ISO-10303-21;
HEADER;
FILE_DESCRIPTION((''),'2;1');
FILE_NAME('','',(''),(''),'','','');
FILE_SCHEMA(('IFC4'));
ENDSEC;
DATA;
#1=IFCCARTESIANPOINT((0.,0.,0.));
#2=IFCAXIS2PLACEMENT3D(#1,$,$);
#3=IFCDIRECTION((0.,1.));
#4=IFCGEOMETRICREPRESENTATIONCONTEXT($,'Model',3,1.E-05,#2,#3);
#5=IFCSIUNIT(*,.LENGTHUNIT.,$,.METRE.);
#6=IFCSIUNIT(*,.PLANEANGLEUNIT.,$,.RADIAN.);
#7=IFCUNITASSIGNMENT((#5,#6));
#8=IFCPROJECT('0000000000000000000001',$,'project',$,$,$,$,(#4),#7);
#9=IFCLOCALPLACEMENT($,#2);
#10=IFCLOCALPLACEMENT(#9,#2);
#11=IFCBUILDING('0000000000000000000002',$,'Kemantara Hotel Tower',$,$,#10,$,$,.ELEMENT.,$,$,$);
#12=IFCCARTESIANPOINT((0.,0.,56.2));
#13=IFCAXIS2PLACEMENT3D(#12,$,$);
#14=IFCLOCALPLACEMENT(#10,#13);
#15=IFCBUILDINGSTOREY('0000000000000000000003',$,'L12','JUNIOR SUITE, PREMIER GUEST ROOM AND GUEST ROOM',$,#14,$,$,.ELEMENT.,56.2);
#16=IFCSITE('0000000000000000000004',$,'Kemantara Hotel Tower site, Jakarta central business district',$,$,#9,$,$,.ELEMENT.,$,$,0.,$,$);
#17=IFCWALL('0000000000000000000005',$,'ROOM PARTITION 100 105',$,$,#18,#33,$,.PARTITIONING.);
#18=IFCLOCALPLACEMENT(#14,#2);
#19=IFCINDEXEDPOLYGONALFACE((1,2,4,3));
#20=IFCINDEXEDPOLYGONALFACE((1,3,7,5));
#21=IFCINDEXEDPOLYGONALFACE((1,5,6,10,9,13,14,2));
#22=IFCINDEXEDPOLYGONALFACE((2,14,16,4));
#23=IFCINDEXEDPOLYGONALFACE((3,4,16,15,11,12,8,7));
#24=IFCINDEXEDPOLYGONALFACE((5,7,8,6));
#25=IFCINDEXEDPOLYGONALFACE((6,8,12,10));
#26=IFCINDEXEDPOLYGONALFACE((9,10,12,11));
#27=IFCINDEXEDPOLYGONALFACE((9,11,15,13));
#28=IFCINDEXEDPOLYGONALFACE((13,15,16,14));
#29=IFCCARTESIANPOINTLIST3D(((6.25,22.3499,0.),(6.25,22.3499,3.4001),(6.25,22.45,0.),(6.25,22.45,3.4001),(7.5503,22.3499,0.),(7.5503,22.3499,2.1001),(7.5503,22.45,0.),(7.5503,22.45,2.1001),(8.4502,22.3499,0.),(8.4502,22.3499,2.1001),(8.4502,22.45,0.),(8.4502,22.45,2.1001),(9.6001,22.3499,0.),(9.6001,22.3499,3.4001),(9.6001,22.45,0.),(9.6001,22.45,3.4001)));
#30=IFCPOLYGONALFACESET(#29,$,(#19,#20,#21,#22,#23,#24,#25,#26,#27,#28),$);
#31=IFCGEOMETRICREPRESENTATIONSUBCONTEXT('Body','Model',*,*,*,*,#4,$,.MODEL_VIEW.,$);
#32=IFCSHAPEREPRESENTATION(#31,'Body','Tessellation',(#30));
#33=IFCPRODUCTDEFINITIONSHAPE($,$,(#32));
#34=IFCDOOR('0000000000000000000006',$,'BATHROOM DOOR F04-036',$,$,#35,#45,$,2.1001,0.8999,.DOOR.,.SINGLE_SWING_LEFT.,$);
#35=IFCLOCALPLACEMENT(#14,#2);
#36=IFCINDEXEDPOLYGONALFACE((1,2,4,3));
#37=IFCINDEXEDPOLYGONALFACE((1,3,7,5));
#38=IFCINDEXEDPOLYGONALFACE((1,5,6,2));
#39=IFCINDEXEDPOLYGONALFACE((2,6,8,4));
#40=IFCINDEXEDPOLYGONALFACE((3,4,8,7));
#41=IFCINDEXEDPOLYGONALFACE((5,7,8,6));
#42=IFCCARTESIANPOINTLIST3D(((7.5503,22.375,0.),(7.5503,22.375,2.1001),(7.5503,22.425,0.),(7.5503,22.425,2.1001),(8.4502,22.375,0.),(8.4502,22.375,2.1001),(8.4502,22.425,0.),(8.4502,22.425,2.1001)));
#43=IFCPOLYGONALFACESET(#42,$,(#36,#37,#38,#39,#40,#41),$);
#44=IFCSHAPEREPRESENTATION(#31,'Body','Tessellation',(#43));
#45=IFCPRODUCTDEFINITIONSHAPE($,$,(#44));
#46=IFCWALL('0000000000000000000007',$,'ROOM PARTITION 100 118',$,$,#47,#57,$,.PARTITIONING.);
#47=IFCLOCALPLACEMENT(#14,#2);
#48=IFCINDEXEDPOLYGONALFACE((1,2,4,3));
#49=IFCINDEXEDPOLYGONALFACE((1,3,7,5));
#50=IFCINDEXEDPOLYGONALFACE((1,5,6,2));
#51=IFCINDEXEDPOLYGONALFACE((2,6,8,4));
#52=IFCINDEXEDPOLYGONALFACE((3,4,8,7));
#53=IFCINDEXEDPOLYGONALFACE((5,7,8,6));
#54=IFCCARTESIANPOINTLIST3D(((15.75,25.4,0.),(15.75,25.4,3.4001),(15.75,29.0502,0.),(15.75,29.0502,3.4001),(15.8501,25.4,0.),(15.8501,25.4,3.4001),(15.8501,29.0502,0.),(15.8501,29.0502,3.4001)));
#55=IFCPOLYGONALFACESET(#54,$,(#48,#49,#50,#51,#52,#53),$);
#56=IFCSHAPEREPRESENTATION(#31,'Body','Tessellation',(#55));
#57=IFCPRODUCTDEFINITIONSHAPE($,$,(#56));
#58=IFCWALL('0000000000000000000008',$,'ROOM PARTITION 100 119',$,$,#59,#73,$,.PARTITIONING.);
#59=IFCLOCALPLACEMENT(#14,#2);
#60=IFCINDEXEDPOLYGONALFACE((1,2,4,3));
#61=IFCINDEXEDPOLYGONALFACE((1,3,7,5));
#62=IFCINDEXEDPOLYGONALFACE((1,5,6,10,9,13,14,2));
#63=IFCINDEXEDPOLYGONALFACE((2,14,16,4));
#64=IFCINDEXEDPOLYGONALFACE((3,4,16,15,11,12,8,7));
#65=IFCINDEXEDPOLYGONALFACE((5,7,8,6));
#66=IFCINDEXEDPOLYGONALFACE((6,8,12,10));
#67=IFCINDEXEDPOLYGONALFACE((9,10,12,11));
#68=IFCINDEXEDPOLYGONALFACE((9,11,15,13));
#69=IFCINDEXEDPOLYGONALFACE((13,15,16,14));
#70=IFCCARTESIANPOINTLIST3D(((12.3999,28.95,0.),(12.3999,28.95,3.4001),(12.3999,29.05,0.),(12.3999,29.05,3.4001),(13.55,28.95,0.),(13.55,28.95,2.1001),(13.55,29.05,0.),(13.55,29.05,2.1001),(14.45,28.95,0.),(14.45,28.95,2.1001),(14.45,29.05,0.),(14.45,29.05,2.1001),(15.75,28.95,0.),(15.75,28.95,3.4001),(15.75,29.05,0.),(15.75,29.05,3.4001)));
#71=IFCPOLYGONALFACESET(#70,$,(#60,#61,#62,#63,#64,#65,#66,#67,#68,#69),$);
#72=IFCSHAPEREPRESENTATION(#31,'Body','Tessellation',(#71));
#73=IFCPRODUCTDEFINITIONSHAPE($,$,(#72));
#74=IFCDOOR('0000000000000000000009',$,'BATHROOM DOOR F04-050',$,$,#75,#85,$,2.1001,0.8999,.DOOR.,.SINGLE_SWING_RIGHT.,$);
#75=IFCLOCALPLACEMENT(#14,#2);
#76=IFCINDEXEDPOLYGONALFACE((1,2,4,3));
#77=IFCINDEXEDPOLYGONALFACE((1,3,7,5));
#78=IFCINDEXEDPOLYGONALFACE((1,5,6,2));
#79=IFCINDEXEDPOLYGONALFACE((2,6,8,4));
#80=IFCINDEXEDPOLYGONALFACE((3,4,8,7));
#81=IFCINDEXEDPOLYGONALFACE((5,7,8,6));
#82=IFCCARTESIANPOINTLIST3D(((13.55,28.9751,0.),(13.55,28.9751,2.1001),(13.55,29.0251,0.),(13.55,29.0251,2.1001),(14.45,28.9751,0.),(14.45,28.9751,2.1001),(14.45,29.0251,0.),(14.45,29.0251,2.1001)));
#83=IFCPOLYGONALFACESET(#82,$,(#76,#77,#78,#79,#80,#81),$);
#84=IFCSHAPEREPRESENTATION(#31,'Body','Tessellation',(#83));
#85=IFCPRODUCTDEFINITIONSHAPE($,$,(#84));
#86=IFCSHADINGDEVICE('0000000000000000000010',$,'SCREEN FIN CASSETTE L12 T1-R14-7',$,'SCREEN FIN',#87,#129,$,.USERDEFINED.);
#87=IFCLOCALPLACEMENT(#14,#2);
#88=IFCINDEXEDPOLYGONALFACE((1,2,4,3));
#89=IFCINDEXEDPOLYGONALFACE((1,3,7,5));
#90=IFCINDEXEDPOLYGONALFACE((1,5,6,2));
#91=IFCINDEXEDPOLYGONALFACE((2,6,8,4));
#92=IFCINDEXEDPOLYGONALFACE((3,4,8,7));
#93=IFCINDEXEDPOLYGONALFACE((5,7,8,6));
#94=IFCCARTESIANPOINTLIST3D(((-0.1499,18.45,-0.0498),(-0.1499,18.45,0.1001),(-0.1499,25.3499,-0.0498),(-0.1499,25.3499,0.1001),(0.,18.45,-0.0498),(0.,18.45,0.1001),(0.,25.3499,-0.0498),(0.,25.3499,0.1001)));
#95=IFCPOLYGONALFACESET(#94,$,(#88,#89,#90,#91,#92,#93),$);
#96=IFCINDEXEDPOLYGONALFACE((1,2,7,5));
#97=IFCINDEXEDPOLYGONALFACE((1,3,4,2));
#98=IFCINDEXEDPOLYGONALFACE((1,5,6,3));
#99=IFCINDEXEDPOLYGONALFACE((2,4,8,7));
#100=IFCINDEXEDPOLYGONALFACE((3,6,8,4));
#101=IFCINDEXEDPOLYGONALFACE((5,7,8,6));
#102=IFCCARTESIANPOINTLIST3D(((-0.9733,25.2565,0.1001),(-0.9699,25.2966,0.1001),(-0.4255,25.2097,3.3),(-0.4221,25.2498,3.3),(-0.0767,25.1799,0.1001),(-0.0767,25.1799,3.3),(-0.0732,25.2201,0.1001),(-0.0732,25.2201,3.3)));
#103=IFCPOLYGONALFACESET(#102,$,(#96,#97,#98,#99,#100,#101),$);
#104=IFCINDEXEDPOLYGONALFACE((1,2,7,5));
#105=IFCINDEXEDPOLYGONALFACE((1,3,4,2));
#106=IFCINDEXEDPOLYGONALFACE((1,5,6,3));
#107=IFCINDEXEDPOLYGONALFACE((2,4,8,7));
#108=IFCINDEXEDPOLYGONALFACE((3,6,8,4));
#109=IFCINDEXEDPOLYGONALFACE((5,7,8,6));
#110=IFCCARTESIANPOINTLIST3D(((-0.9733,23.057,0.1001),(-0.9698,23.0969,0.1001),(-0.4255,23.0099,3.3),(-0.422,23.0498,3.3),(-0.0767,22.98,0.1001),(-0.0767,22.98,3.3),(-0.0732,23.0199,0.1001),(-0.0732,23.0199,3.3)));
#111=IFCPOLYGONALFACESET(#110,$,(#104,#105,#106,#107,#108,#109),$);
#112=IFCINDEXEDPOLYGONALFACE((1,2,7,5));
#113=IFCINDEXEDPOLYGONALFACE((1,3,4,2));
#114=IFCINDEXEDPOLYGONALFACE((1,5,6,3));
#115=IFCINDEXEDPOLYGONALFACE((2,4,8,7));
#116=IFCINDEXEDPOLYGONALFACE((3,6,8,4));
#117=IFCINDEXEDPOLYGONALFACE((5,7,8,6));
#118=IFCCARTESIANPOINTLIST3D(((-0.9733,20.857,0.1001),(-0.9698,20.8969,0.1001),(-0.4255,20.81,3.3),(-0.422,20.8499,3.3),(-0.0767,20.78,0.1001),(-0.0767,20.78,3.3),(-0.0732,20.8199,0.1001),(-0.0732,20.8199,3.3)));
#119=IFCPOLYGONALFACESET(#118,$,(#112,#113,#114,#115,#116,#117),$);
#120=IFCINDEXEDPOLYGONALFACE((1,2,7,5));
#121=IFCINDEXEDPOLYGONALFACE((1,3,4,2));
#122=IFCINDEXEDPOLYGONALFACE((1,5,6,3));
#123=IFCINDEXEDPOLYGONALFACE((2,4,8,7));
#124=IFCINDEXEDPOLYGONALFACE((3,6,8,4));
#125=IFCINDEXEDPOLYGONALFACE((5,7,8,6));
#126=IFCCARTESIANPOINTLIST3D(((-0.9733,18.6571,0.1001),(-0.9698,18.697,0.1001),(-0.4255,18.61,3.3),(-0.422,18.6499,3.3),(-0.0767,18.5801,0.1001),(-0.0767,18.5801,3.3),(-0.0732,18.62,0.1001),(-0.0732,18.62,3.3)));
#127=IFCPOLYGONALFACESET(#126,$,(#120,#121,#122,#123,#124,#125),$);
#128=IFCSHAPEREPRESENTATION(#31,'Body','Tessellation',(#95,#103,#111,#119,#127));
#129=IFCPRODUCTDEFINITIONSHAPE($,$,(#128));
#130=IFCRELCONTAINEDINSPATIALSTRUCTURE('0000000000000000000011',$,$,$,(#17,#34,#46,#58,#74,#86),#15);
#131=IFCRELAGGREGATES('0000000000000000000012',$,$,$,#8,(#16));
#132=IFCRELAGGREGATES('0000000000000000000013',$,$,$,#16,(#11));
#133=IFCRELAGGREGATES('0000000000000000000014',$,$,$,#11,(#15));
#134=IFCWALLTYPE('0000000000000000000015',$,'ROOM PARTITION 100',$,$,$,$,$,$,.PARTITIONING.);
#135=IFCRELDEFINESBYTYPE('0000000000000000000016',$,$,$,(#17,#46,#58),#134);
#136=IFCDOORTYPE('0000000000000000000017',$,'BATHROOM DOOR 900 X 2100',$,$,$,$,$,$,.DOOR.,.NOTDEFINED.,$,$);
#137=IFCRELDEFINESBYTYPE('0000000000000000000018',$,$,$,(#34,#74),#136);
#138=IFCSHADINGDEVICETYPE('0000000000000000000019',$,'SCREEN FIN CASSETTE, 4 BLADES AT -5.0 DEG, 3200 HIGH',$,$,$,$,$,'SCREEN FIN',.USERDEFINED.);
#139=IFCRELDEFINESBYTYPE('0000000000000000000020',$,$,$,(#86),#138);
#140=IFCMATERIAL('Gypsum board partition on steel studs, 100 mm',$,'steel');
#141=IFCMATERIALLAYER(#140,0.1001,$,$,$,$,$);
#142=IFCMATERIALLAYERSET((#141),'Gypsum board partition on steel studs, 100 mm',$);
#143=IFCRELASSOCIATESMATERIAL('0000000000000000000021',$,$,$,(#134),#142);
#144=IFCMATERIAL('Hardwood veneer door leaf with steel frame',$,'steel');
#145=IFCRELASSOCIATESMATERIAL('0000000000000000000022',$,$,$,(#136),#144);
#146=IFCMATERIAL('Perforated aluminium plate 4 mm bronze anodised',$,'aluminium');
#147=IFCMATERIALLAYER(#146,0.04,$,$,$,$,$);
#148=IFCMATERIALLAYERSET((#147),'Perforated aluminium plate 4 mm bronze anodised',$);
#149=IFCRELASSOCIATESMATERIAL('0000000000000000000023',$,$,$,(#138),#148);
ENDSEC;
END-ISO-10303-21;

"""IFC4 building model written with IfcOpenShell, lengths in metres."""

from ifc_helpers import new_model, si_unit, direction, frame, frame_2d, origin, origin_2d, place, context, subcontext, project, spatial, polyline, rectangle, outline, extrude, source, transform, mapped, material, layer, layer_set, type_object, element, fill, save


model = new_model("IFC4")

# Units and contexts
model_context = context("Model", 3, precision=1e-05, world=origin(), true_north=direction((0.0, 1.0)))
body_context = subcontext(model_context, "Body", "Model", "MODEL_VIEW")
ifc_project = project(units=[si_unit("LENGTHUNIT", "METRE"), si_unit("PLANEANGLEUNIT", "RADIAN")], contexts=[model_context])

# Site, building, storey
site_placement = place(None, origin())
site = spatial("IfcSite", under=ifc_project, at=site_placement, Name="Kemantara Hotel Tower site, Jakarta central business district", CompositionType="ELEMENT", RefElevation=0.0)
building_placement = place(site_placement, origin())
building = spatial("IfcBuilding", under=site, at=building_placement, Name="Kemantara Hotel Tower", CompositionType="ELEMENT")
storey_placement = place(building_placement, frame((0.0, 0.0, 56.2)))
storey = spatial("IfcBuildingStorey", under=building, at=storey_placement, Name="L12", Description="JUNIOR SUITE, PREMIER GUEST ROOM AND GUEST ROOM", CompositionType="ELEMENT", Elevation=56.2)

# Shared definitions
ifc_material_1 = material(Name="Hardwood veneer door leaf with steel frame", Category="steel")

# Shared definitions
ifc_material_2 = material(Name="Gypsum board partition on steel studs, 100 mm", Category="steel")
ifc_layer_1 = layer(ifc_material_2, 0.1001)
ifc_layer_set_1 = layer_set([ifc_layer_1], Name="Gypsum board partition on steel studs, 100 mm")
wall_type_1 = type_object("IfcWallType", Name="ROOM PARTITION 100", PredefinedType="PARTITIONING", material=ifc_layer_set_1)

# Wall, opening, door
wall_1_placement = place(storey_placement, frame((9.6001, 22.3999, 0.0), z_axis=(0.0, 0.0, 1.0), x_axis=(-1.0, 0.0, 0.0)))
wall_1 = element("IfcWall", 1, at=wall_1_placement, inside=storey, type_object=wall_type_1, Name="ROOM PARTITION 100 105", PredefinedType="PARTITIONING", context=body_context, shape_type="SweptSolid", body=[
    extrude(rectangle(XDim=3.3501, YDim=0.1001, at=frame_2d((1.675, 0.0))), origin(), (0.0, 0.0, 1.0), 3.4001),
])
opening_1_placement = place(wall_1_placement, frame((1.1499, 0.0, 0.0)))
opening_1 = element("IfcOpeningElement", 2, at=opening_1_placement, cuts=wall_1, PredefinedType="OPENING", context=body_context, shape_type="SweptSolid", body=[
    extrude(rectangle(XDim=0.8999, YDim=2.1001, at=frame_2d((0.45, 1.05))), frame((0.0, 0.0601, 0.0), z_axis=(0.0, -1.0, 0.0), x_axis=(1.0, 0.0, 0.0)), (0.0, 0.0, 1.0), 0.1201),
])
door_type_1 = type_object("IfcDoorType", Name="BATHROOM DOOR 900 X 2100", OperationType="NOTDEFINED", PredefinedType="DOOR", material=ifc_material_1)
door_1_placement = place(opening_1_placement, origin())
door_1 = element("IfcDoor", 3, at=door_1_placement, inside=storey, type_object=door_type_1, Name="BATHROOM DOOR F04-036", OperationType="SINGLE_SWING_LEFT", OverallHeight=2.1001, OverallWidth=0.8999, PredefinedType="DOOR", context=body_context, shape_type="SweptSolid", body=[
    extrude(rectangle(XDim=0.8999, YDim=2.1001, at=frame_2d((0.45, 1.05))), frame((0.0, 0.0249, 0.0), z_axis=(0.0, -1.0, 0.0), x_axis=(1.0, 0.0, 0.0)), (0.0, 0.0, 1.0), 0.05),
])
fill(opening_1, door_1)

# Wall
wall_2_placement = place(storey_placement, frame((15.8, 25.3999, 0.0), z_axis=(0.0, 0.0, 1.0), x_axis=(0.0, 1.0, 0.0)))
element("IfcWall", 4, at=wall_2_placement, inside=storey, type_object=wall_type_1, Name="ROOM PARTITION 100 118", PredefinedType="PARTITIONING", context=body_context, shape_type="SweptSolid", body=[
    extrude(rectangle(XDim=3.6501, YDim=0.1001, at=frame_2d((1.8252, 0.0))), origin(), (0.0, 0.0, 1.0), 3.4001),
])

# Wall, opening, door
wall_3_placement = place(storey_placement, frame((15.75, 29.0, 0.0), z_axis=(0.0, 0.0, 1.0), x_axis=(-1.0, 0.0, 0.0)))
wall_3 = element("IfcWall", 5, at=wall_3_placement, inside=storey, type_object=wall_type_1, Name="ROOM PARTITION 100 119", PredefinedType="PARTITIONING", context=body_context, shape_type="SweptSolid", body=[
    extrude(rectangle(XDim=3.3501, YDim=0.1001, at=frame_2d((1.675, 0.0))), origin(), (0.0, 0.0, 1.0), 3.4001),
])
opening_2_placement = place(wall_3_placement, frame((1.3, 0.0, 0.0)))
opening_2 = element("IfcOpeningElement", 6, at=opening_2_placement, cuts=wall_3, PredefinedType="OPENING", context=body_context, shape_type="SweptSolid", body=[
    extrude(rectangle(XDim=0.8999, YDim=2.1001, at=frame_2d((0.45, 1.05))), frame((0.0, 0.0601, 0.0), z_axis=(0.0, -1.0, 0.0), x_axis=(1.0, 0.0, 0.0)), (0.0, 0.0, 1.0), 0.1201),
])
door_2_placement = place(opening_2_placement, origin())
door_2 = element("IfcDoor", 7, at=door_2_placement, inside=storey, type_object=door_type_1, Name="BATHROOM DOOR F04-050", OperationType="SINGLE_SWING_RIGHT", OverallHeight=2.1001, OverallWidth=0.8999, PredefinedType="DOOR", context=body_context, shape_type="SweptSolid", body=[
    extrude(rectangle(XDim=0.8999, YDim=2.1001, at=frame_2d((0.45, 1.05))), frame((0.0, 0.0249, 0.0), z_axis=(0.0, -1.0, 0.0), x_axis=(1.0, 0.0, 0.0)), (0.0, 0.0, 1.0), 0.05),
])
fill(opening_2, door_2)

# Shading device
ifc_material_3 = material(Name="Perforated aluminium plate 4 mm bronze anodised", Category="aluminium")
ifc_layer_2 = layer(ifc_material_3, 0.04)
ifc_layer_set_2 = layer_set([ifc_layer_2], Name="Perforated aluminium plate 4 mm bronze anodised")
shading_device_type = type_object("IfcShadingDeviceType", Name="SCREEN FIN CASSETTE, 4 BLADES AT -5.0 DEG, 3200 HIGH", ElementType="SCREEN FIN", PredefinedType="USERDEFINED", material=ifc_layer_set_2)
shared_shape = source(origin(), body_context, "Body", "SweptSolid", [
    extrude(rectangle(XDim=6.8999, YDim=0.1499, at=origin_2d()), frame((3.3, -0.075, -0.1499), z_axis=(0.0, 0.0, 1.0), x_axis=(1.0, 0.0, 0.0)), (0.0, 0.0, 1.0), 0.1499),
    extrude(outline(polyline([(0.0, 0.0), (0.8999, 0.0), (0.3501, 3.2), (0.0, 3.2), (0.0, 0.0)])), frame((0.02, -0.0767, 0.0), z_axis=(-0.996376, 0.085056, 0.0), x_axis=(-0.085056, -0.996376, 0.0)), (0.0, 0.0, 1.0), 0.0403),
    extrude(outline(polyline([(0.0, 0.0), (0.8999, 0.0), (0.3501, 3.2), (0.0, 3.2), (0.0, 0.0)])), frame((2.22, -0.0767, 0.0), z_axis=(-0.996332, 0.085575, 0.0), x_axis=(-0.085575, -0.996332, 0.0)), (0.0, 0.0, 1.0), 0.04),
    extrude(outline(polyline([(0.0, 0.0), (0.8999, 0.0), (0.3501, 3.2), (0.0, 3.2), (0.0, 0.0)])), frame((4.4199, -0.0767, 0.0), z_axis=(-0.996332, 0.085575, 0.0), x_axis=(-0.085575, -0.996332, 0.0)), (0.0, 0.0, 1.0), 0.04),
    extrude(outline(polyline([(0.0, 0.0), (0.8999, 0.0), (0.3501, 3.2), (0.0, 3.2), (0.0, 0.0)])), frame((6.6199, -0.0767, 0.0), z_axis=(-0.996332, 0.085575, 0.0), x_axis=(-0.085575, -0.996332, 0.0)), (0.0, 0.0, 1.0), 0.04),
])
shading_device_placement = place(storey_placement, frame((0.0, 25.2, 0.1001), z_axis=(0.0, 0.0, 1.0), x_axis=(0.0, -1.0, 0.0)))
element("IfcShadingDevice", 8, at=shading_device_placement, inside=storey, type_object=shading_device_type, Name="SCREEN FIN CASSETTE L12 T1-R14-7", ObjectType="SCREEN FIN", PredefinedType="USERDEFINED", context=body_context, shape_type="MappedRepresentation", body=[
    mapped(shared_shape, transform((0.0, 0.0, 0.0))),
])

save(model, "model.ifc")
